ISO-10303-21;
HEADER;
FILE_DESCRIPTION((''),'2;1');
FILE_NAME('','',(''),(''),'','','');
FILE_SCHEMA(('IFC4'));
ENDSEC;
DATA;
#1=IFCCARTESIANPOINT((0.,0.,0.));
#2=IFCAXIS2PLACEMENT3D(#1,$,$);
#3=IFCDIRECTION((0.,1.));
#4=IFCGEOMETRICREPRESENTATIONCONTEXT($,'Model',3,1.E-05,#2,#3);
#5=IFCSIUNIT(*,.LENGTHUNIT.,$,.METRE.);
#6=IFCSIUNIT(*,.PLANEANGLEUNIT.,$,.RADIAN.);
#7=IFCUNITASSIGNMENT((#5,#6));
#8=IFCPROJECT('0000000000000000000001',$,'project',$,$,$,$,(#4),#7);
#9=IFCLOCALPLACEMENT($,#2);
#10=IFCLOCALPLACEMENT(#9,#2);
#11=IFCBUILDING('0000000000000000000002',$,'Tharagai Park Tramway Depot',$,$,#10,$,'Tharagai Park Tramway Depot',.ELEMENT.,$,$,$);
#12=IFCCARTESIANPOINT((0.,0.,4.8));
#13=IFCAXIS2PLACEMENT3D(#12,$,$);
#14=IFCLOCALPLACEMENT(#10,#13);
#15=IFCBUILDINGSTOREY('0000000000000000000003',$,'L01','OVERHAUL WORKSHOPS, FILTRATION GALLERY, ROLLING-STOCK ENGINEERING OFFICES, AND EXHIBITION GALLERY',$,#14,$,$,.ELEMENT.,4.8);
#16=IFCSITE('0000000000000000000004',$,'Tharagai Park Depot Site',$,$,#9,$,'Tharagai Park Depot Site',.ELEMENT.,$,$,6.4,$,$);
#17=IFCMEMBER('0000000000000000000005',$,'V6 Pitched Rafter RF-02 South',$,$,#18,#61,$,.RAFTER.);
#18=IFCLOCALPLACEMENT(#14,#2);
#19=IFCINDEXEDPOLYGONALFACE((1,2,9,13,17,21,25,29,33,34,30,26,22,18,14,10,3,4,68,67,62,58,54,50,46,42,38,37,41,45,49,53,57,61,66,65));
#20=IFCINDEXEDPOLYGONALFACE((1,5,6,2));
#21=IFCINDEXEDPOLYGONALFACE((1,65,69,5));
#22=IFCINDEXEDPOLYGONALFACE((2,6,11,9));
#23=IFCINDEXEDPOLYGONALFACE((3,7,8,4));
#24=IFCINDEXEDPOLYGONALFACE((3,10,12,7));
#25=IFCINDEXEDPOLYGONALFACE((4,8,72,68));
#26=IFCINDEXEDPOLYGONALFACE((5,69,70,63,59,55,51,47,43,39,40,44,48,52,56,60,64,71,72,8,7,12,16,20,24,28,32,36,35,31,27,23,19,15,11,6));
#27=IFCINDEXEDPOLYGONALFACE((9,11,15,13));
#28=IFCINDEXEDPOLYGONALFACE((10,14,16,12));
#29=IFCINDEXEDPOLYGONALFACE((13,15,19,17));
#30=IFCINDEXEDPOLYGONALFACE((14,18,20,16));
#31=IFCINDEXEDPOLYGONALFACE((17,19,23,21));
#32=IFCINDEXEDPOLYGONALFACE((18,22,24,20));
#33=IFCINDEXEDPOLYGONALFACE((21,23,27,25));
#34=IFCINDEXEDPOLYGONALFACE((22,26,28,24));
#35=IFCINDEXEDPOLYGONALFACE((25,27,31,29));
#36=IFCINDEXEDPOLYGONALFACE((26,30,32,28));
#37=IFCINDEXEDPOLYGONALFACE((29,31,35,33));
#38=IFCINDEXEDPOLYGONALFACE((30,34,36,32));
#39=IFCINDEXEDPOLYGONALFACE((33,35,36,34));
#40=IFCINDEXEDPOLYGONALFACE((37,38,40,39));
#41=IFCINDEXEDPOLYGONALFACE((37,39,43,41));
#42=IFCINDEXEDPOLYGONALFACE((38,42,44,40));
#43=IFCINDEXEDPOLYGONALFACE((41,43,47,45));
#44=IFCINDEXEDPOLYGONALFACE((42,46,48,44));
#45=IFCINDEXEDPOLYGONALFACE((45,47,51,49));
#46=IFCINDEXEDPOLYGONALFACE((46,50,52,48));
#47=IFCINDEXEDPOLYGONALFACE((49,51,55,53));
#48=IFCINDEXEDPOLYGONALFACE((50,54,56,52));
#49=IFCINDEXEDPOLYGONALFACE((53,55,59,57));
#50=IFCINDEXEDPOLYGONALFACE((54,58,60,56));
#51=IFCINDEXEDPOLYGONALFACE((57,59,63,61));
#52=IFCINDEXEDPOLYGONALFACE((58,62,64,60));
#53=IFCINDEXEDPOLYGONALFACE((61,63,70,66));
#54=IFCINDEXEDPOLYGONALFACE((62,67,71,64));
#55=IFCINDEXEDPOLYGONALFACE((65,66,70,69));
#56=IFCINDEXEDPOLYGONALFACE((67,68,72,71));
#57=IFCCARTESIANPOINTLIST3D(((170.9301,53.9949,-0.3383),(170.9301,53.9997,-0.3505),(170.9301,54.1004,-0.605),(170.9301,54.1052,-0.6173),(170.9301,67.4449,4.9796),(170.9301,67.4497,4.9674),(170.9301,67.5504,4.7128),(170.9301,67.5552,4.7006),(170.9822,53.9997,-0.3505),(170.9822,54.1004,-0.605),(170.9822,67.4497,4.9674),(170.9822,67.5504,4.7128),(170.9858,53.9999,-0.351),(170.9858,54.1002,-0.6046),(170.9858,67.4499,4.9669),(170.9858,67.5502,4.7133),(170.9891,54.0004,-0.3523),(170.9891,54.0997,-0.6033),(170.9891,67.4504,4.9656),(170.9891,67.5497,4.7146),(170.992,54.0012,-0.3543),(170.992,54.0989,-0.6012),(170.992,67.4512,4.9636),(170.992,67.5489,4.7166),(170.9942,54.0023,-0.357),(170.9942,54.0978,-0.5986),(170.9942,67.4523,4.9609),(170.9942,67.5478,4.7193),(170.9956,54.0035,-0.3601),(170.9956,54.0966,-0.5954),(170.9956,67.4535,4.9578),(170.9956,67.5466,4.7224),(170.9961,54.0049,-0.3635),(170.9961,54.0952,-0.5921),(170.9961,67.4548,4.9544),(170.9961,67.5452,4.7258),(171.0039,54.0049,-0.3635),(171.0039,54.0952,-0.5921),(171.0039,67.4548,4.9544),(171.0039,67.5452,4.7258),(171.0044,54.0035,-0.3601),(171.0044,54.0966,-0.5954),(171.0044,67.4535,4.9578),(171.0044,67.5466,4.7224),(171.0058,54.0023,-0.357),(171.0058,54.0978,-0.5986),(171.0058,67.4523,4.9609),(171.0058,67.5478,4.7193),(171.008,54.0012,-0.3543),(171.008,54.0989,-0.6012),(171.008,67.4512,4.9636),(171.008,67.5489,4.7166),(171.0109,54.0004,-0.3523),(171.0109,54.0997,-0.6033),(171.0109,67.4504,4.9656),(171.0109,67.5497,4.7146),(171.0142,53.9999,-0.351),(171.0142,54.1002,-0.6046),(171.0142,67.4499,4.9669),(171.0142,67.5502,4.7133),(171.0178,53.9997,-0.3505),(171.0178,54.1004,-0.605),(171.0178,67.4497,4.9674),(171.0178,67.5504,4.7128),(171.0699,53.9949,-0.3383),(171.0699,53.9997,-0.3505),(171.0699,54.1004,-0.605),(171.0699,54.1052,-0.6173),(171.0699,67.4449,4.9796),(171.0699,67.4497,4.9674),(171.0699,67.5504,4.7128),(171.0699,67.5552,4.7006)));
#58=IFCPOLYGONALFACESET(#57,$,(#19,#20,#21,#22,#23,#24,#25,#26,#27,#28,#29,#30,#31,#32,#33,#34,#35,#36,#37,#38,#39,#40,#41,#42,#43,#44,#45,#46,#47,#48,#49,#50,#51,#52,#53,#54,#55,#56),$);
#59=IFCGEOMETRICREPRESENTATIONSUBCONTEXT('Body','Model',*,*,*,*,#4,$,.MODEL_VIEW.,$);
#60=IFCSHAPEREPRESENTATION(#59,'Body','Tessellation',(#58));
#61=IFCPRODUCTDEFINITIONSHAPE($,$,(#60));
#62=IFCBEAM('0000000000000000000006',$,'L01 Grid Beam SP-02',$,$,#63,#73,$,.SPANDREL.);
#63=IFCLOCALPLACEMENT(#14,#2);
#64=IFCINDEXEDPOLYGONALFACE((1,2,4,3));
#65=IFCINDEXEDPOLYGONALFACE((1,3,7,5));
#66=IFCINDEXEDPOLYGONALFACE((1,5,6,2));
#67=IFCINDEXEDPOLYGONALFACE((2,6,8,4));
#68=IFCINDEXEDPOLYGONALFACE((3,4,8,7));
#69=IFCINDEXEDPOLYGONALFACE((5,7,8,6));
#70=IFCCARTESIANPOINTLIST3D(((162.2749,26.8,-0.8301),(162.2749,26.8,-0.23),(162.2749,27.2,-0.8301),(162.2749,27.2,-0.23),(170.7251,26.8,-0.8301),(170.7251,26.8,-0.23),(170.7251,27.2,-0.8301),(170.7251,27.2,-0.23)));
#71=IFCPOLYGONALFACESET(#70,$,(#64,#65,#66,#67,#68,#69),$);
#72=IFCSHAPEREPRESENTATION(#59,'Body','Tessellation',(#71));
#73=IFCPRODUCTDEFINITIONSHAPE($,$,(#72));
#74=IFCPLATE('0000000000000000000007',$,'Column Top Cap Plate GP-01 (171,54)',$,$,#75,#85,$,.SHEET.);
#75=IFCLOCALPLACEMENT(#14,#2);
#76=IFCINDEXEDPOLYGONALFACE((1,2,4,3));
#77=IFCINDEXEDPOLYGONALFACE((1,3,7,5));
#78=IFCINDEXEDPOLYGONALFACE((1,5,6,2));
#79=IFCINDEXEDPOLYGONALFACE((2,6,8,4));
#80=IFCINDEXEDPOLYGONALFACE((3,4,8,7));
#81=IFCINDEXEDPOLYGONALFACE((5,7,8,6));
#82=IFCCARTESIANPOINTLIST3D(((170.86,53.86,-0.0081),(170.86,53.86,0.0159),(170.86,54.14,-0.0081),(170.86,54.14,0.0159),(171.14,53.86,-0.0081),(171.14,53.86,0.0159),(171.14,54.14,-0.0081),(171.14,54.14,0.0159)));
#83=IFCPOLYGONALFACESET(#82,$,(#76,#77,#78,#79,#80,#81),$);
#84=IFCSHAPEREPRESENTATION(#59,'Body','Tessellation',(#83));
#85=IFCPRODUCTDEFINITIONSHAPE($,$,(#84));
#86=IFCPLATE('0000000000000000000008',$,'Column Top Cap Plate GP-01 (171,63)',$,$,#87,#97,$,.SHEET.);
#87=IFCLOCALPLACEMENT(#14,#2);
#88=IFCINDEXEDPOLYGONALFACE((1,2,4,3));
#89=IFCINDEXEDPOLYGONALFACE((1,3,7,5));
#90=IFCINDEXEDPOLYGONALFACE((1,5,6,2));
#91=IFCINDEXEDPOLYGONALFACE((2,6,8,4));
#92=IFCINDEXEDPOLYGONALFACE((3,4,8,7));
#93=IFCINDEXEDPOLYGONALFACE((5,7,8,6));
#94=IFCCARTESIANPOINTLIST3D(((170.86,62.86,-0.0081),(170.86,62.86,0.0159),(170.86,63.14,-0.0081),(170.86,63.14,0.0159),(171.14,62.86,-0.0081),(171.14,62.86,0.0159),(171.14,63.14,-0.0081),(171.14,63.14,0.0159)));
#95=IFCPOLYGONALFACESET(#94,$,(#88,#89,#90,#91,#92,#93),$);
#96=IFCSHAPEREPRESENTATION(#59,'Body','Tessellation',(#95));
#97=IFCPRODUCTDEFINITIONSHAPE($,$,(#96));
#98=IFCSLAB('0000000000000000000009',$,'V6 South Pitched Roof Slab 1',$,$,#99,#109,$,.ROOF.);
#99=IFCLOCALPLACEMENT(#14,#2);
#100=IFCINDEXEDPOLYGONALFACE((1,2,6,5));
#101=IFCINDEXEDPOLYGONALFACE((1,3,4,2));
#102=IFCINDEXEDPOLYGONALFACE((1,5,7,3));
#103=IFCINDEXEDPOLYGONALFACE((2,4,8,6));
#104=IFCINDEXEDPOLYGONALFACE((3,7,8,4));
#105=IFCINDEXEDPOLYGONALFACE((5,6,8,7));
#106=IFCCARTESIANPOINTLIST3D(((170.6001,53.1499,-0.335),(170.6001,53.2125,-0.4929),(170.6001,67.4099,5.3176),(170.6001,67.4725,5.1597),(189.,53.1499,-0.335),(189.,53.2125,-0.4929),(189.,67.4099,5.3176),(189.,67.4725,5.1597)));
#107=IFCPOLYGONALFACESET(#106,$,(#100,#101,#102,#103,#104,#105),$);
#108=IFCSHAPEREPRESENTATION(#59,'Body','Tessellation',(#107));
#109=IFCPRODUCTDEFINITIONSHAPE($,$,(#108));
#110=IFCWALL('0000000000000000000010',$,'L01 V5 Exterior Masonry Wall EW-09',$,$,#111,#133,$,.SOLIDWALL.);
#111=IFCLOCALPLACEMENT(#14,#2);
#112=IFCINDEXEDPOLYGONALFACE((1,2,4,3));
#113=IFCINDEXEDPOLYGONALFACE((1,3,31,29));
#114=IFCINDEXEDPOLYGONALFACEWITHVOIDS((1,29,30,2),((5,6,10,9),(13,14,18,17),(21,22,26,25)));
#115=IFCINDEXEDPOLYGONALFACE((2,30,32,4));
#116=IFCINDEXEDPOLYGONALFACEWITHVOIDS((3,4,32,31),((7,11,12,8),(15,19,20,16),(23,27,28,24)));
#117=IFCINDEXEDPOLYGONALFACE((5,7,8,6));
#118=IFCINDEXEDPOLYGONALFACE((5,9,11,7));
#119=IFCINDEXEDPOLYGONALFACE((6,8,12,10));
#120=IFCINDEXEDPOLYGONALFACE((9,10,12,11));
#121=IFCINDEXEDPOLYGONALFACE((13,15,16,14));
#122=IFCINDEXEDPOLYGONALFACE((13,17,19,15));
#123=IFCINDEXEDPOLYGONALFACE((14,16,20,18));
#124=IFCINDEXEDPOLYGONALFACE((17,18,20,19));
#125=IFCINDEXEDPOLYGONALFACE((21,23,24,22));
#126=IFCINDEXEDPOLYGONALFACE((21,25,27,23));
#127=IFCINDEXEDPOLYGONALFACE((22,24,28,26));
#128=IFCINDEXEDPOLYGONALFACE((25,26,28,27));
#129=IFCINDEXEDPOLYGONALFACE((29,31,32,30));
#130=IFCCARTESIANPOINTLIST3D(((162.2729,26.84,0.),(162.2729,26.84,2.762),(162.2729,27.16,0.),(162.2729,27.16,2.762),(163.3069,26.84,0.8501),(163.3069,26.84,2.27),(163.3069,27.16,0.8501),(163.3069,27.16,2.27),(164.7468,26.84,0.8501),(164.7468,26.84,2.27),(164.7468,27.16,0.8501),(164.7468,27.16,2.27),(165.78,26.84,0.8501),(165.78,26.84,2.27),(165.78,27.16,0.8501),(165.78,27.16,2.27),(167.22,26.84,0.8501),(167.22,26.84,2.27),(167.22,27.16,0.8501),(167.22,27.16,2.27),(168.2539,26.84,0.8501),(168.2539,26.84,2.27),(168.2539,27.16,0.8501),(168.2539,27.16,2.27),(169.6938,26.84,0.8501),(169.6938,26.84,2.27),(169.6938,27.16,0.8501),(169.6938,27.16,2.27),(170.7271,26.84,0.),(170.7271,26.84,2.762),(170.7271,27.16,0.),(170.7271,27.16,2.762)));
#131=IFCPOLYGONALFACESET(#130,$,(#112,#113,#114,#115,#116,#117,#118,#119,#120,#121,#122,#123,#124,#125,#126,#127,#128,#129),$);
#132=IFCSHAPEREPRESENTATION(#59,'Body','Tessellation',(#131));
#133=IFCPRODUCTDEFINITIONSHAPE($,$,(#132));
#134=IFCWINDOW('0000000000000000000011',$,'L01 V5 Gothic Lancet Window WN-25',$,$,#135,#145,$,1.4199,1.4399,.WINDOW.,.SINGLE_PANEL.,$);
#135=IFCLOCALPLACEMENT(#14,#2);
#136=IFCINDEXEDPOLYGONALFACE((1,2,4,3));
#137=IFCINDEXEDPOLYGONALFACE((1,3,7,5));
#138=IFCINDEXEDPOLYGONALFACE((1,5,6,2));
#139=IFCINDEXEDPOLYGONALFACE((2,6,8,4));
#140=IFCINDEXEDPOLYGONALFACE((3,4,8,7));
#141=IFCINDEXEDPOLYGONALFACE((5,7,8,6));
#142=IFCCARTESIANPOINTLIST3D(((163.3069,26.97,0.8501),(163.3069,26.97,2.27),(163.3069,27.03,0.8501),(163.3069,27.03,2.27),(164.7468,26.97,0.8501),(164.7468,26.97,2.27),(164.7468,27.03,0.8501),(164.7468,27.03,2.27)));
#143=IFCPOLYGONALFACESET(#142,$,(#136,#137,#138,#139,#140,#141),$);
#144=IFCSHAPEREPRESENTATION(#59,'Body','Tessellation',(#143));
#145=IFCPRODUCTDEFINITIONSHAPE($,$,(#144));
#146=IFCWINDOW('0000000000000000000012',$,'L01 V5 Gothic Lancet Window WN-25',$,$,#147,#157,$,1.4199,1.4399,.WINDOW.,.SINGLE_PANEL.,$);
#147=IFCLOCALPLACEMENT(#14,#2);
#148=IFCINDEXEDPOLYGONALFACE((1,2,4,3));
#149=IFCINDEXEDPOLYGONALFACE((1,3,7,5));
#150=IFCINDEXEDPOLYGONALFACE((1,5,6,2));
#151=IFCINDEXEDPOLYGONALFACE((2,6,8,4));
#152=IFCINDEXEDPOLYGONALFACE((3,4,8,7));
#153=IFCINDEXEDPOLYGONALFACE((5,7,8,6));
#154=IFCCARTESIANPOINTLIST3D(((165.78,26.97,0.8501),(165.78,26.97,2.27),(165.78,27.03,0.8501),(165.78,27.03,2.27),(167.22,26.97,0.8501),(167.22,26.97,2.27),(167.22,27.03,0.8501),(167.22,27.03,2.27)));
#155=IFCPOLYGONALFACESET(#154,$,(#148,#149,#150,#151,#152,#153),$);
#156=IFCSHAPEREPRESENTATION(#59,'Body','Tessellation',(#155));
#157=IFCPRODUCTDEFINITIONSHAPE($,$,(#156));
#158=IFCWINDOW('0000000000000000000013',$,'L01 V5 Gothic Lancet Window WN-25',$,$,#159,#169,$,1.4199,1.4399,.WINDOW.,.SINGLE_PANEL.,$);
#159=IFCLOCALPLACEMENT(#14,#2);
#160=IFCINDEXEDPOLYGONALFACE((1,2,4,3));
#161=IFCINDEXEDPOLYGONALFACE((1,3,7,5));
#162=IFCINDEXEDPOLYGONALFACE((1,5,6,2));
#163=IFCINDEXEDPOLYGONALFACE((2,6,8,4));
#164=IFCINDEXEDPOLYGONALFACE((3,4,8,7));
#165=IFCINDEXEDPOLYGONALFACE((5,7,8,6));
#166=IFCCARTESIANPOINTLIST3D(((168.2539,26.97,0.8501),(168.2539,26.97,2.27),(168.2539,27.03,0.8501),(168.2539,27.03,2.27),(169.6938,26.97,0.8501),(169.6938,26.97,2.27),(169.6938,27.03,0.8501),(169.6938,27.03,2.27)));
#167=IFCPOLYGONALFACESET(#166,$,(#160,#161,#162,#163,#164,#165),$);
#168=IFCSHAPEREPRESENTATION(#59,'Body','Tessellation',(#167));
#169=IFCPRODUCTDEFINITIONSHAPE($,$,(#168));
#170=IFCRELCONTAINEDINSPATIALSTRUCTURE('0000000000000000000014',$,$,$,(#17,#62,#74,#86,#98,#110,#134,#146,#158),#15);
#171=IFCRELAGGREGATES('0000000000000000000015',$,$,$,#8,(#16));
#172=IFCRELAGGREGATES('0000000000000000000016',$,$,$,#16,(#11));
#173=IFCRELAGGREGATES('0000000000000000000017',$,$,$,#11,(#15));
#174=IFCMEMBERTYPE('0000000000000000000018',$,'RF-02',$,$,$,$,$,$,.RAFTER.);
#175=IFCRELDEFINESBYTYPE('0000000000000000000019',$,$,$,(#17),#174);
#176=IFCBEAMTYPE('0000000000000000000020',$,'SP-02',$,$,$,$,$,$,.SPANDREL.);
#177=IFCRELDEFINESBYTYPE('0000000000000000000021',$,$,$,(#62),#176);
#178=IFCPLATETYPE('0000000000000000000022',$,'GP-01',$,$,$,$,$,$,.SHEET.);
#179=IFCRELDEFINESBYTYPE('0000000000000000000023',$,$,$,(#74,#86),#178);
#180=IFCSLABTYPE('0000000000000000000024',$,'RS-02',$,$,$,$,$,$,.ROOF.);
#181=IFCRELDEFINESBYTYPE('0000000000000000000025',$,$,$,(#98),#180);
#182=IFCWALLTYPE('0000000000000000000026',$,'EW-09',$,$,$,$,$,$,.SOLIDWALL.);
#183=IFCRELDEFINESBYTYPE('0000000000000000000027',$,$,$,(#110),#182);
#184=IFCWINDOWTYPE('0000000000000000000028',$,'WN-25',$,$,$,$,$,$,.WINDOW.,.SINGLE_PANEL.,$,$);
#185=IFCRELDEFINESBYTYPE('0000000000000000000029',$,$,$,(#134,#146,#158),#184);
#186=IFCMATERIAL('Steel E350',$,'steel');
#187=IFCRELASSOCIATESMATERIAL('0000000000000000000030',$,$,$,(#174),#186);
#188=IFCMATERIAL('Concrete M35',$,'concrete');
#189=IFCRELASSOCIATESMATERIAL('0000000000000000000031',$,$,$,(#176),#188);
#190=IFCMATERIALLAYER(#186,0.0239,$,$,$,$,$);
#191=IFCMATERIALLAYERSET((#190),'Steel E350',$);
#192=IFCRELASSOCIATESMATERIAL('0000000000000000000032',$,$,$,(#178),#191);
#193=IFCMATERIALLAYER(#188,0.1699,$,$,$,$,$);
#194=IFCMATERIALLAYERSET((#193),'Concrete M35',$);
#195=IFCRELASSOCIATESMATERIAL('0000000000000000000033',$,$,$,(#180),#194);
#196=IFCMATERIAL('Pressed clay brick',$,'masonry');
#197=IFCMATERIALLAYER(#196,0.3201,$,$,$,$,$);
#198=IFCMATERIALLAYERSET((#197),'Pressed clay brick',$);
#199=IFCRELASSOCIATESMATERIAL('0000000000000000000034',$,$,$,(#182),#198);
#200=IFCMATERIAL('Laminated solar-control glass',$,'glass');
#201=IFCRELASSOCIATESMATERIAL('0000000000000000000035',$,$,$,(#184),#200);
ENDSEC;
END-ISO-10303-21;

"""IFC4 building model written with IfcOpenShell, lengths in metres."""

from ifc_helpers import new_model, si_unit, direction, frame, frame_2d, origin, origin_2d, place, context, subcontext, project, spatial, polyline, rectangle, i_section, outline, extrude, material, layer, layer_set, material_profile, profile_set, type_object, element, fill, save


model = new_model("IFC4")

# Units and contexts
model_context = context("Model", 3, precision=1e-05, world=origin(), true_north=direction((0.0, 1.0)))
body_context = subcontext(model_context, "Body", "Model", "MODEL_VIEW")
ifc_project = project(units=[si_unit("LENGTHUNIT", "METRE"), si_unit("PLANEANGLEUNIT", "RADIAN")], contexts=[model_context])

# Site, building, storey
site_placement = place(None, origin())
site = spatial("IfcSite", under=ifc_project, at=site_placement, Name="Tharagai Park Depot Site", LongName="Tharagai Park Depot Site", CompositionType="ELEMENT", RefElevation=6.4)
building_placement = place(site_placement, origin())
building = spatial("IfcBuilding", under=site, at=building_placement, Name="Tharagai Park Tramway Depot", LongName="Tharagai Park Tramway Depot", CompositionType="ELEMENT")
storey_placement = place(building_placement, frame((0.0, 0.0, 4.8)))
storey = spatial("IfcBuildingStorey", under=building, at=storey_placement, Name="L01", Description="OVERHAUL WORKSHOPS, FILTRATION GALLERY, ROLLING-STOCK ENGINEERING OFFICES, AND EXHIBITION GALLERY", CompositionType="ELEMENT", Elevation=4.8)

# Shared definitions
ifc_material_1 = material(Name="Steel E350", Category="steel")
ifc_material_2 = material(Name="Concrete M35", Category="concrete")

# Member
ifc_material_profile_1 = material_profile(ifc_material_1, i_section(OverallWidth=0.1399, OverallDepth=0.3, WebThickness=0.0078, FlangeThickness=0.0132, FilletRadius=0.0139, at=origin_2d()), Name="ISMB 300")
ifc_profile_set_1 = profile_set([ifc_material_profile_1], Name="Steel E350")
member_type_1 = type_object("IfcMemberType", Name="RF-02", PredefinedType="RAFTER", material=ifc_profile_set_1)
member_1_placement = place(storey_placement, frame((171.0, 54.05, -0.4778), z_axis=(0.0, 0.92995, 0.367686), x_axis=(-1.0, 0.0, 0.0)))
element("IfcMember", 1, at=member_1_placement, inside=storey, type_object=member_type_1, Name="V6 Pitched Rafter RF-02 South", PredefinedType="RAFTER", context=body_context, shape_type="SweptSolid", body=[
    extrude(i_section(OverallWidth=0.1399, OverallDepth=0.3, WebThickness=0.0078, FlangeThickness=0.0132, FilletRadius=0.0139, at=origin_2d()), origin(), (0.0, 0.0, 1.0), 14.4631),
])

# Beam
ifc_material_profile_2 = material_profile(ifc_material_2, rectangle(XDim=0.3999, YDim=0.6001, at=origin_2d()), Name="RC 400x600")
ifc_profile_set_2 = profile_set([ifc_material_profile_2], Name="Concrete M35")
beam_type_1 = type_object("IfcBeamType", Name="SP-02", PredefinedType="SPANDREL", material=ifc_profile_set_2)
beam_1_placement = place(storey_placement, frame((162.2749, 27.0, -0.53), z_axis=(1.0, 0.0, 0.0), x_axis=(0.0, 1.0, 0.0)))
element("IfcBeam", 2, at=beam_1_placement, inside=storey, type_object=beam_type_1, Name="L01 Grid Beam SP-02", PredefinedType="SPANDREL", context=body_context, shape_type="SweptSolid", body=[
    extrude(rectangle(XDim=0.3999, YDim=0.6001, at=origin_2d()), origin(), (0.0, 0.0, 1.0), 8.4502),
])

# Plates
ifc_layer_1 = layer(ifc_material_1, 0.0239)
ifc_layer_set_1 = layer_set([ifc_layer_1], Name="Steel E350")
plate_type = type_object("IfcPlateType", Name="GP-01", PredefinedType="SHEET", material=ifc_layer_set_1)
for number, where, z_axis, x_axis, name in (
    (3, (171.0, 54.0, -0.0081), (0.0, 0.0, 1.0), (1.0, 0.0, 0.0), "Column Top Cap Plate GP-01 (171,54)"),
    (4, (171.0, 63.0, -0.0081), (0.0, 0.0, 1.0), (1.0, 0.0, 0.0), "Column Top Cap Plate GP-01 (171,63)"),
):
    element("IfcPlate", number, at=place(storey_placement, frame(where, z_axis=z_axis, x_axis=x_axis)), inside=storey, type_object=plate_type, Name=name, PredefinedType="SHEET", context=body_context, shape_type="SweptSolid", body=[
        extrude(rectangle(XDim=0.28, YDim=0.28, at=origin_2d()), origin(), (0.0, 0.0, 1.0), 0.0239),
    ])

# Slab
ifc_layer_2 = layer(ifc_material_2, 0.1699)
ifc_layer_set_2 = layer_set([ifc_layer_2], Name="Concrete M35")
slab_type = type_object("IfcSlabType", Name="RS-02", PredefinedType="ROOF", material=ifc_layer_set_2)
slab_placement = place(storey_placement, frame((170.6001, 53.1499, -0.335), z_axis=(0.0, -0.368499, 0.929628), x_axis=(1.0, 0.0, 0.0)))
element("IfcSlab", 5, at=slab_placement, inside=storey, type_object=slab_type, Name="V6 South Pitched Roof Slab 1", PredefinedType="ROOF", context=body_context, shape_type="SweptSolid", body=[
    extrude(outline(polyline([(0.0, 0.0), (18.3999, 0.0), (18.3999, 15.3395), (0.0, 15.3395), (0.0, 0.0)])), origin(), (0.0, 0.0, -1.0), 0.1699),
])

# Wall, openings, windows
ifc_material_3 = material(Name="Pressed clay brick", Category="masonry")
ifc_layer_3 = layer(ifc_material_3, 0.3201)
ifc_layer_set_3 = layer_set([ifc_layer_3], Name="Pressed clay brick")
wall_type_1 = type_object("IfcWallType", Name="EW-09", PredefinedType="SOLIDWALL", material=ifc_layer_set_3)
wall_1_placement = place(storey_placement, frame((162.2729, 27.0, 0.0), z_axis=(0.0, 0.0, 1.0), x_axis=(1.0, 0.0, 0.0)))
wall_1 = element("IfcWall", 6, at=wall_1_placement, inside=storey, type_object=wall_type_1, Name="L01 V5 Exterior Masonry Wall EW-09", PredefinedType="SOLIDWALL", context=body_context, shape_type="SweptSolid", body=[
    extrude(rectangle(XDim=8.4541, YDim=0.3201, at=frame_2d((4.2271, 0.0))), origin(), (0.0, 0.0, 1.0), 2.762),
])
opening_1_placement = place(wall_1_placement, frame((1.0339, 0.0, 0.8501)))
opening_1 = element("IfcOpeningElement", 7, at=opening_1_placement, cuts=wall_1, PredefinedType="OPENING", context=body_context, shape_type="SweptSolid", body=[
    extrude(rectangle(XDim=1.4399, YDim=1.4199, at=frame_2d((0.72, 0.71))), frame((0.0, 0.1699, 0.0), z_axis=(0.0, -1.0, 0.0), x_axis=(1.0, 0.0, 0.0)), (0.0, 0.0, 1.0), 0.3401),
])
opening_2_placement = place(wall_1_placement, frame((3.5071, 0.0, 0.8501)))
opening_2 = element("IfcOpeningElement", 8, at=opening_2_placement, cuts=wall_1, PredefinedType="OPENING", context=body_context, shape_type="SweptSolid", body=[
    extrude(rectangle(XDim=1.4399, YDim=1.4199, at=frame_2d((0.72, 0.71))), frame((0.0, 0.1699, 0.0), z_axis=(0.0, -1.0, 0.0), x_axis=(1.0, 0.0, 0.0)), (0.0, 0.0, 1.0), 0.3401),
])
opening_3_placement = place(wall_1_placement, frame((5.981, 0.0, 0.8501)))
opening_3 = element("IfcOpeningElement", 9, at=opening_3_placement, cuts=wall_1, PredefinedType="OPENING", context=body_context, shape_type="SweptSolid", body=[
    extrude(rectangle(XDim=1.4399, YDim=1.4199, at=frame_2d((0.72, 0.71))), frame((0.0, 0.1699, 0.0), z_axis=(0.0, -1.0, 0.0), x_axis=(1.0, 0.0, 0.0)), (0.0, 0.0, 1.0), 0.3401),
])
ifc_material_4 = material(Name="Laminated solar-control glass", Category="glass")
window_type = type_object("IfcWindowType", Name="WN-25", PartitioningType="SINGLE_PANEL", PredefinedType="WINDOW", material=ifc_material_4)
window_1_placement = place(opening_1_placement, origin())
window_1 = element("IfcWindow", 10, at=window_1_placement, inside=storey, type_object=window_type, Name="L01 V5 Gothic Lancet Window WN-25", OverallHeight=1.4199, OverallWidth=1.4399, PartitioningType="SINGLE_PANEL", PredefinedType="WINDOW", context=body_context, shape_type="SweptSolid", body=[
    extrude(rectangle(XDim=1.4399, YDim=1.4199, at=frame_2d((0.72, 0.71))), frame((0.0, 0.03, 0.0), z_axis=(0.0, -1.0, 0.0), x_axis=(1.0, 0.0, 0.0)), (0.0, 0.0, 1.0), 0.0601),
])
fill(opening_1, window_1)
window_2_placement = place(opening_2_placement, origin())
window_2 = element("IfcWindow", 11, at=window_2_placement, inside=storey, type_object=window_type, Name="L01 V5 Gothic Lancet Window WN-25", OverallHeight=1.4199, OverallWidth=1.4399, PartitioningType="SINGLE_PANEL", PredefinedType="WINDOW", context=body_context, shape_type="SweptSolid", body=[
    extrude(rectangle(XDim=1.4399, YDim=1.4199, at=frame_2d((0.72, 0.71))), frame((0.0, 0.03, 0.0), z_axis=(0.0, -1.0, 0.0), x_axis=(1.0, 0.0, 0.0)), (0.0, 0.0, 1.0), 0.0601),
])
fill(opening_2, window_2)
window_3_placement = place(opening_3_placement, origin())
window_3 = element("IfcWindow", 12, at=window_3_placement, inside=storey, type_object=window_type, Name="L01 V5 Gothic Lancet Window WN-25", OverallHeight=1.4199, OverallWidth=1.4399, PartitioningType="SINGLE_PANEL", PredefinedType="WINDOW", context=body_context, shape_type="SweptSolid", body=[
    extrude(rectangle(XDim=1.4399, YDim=1.4199, at=frame_2d((0.72, 0.71))), frame((0.0, 0.03, 0.0), z_axis=(0.0, -1.0, 0.0), x_axis=(1.0, 0.0, 0.0)), (0.0, 0.0, 1.0), 0.0601),
])
fill(opening_3, window_3)

save(model, "model.ifc")
